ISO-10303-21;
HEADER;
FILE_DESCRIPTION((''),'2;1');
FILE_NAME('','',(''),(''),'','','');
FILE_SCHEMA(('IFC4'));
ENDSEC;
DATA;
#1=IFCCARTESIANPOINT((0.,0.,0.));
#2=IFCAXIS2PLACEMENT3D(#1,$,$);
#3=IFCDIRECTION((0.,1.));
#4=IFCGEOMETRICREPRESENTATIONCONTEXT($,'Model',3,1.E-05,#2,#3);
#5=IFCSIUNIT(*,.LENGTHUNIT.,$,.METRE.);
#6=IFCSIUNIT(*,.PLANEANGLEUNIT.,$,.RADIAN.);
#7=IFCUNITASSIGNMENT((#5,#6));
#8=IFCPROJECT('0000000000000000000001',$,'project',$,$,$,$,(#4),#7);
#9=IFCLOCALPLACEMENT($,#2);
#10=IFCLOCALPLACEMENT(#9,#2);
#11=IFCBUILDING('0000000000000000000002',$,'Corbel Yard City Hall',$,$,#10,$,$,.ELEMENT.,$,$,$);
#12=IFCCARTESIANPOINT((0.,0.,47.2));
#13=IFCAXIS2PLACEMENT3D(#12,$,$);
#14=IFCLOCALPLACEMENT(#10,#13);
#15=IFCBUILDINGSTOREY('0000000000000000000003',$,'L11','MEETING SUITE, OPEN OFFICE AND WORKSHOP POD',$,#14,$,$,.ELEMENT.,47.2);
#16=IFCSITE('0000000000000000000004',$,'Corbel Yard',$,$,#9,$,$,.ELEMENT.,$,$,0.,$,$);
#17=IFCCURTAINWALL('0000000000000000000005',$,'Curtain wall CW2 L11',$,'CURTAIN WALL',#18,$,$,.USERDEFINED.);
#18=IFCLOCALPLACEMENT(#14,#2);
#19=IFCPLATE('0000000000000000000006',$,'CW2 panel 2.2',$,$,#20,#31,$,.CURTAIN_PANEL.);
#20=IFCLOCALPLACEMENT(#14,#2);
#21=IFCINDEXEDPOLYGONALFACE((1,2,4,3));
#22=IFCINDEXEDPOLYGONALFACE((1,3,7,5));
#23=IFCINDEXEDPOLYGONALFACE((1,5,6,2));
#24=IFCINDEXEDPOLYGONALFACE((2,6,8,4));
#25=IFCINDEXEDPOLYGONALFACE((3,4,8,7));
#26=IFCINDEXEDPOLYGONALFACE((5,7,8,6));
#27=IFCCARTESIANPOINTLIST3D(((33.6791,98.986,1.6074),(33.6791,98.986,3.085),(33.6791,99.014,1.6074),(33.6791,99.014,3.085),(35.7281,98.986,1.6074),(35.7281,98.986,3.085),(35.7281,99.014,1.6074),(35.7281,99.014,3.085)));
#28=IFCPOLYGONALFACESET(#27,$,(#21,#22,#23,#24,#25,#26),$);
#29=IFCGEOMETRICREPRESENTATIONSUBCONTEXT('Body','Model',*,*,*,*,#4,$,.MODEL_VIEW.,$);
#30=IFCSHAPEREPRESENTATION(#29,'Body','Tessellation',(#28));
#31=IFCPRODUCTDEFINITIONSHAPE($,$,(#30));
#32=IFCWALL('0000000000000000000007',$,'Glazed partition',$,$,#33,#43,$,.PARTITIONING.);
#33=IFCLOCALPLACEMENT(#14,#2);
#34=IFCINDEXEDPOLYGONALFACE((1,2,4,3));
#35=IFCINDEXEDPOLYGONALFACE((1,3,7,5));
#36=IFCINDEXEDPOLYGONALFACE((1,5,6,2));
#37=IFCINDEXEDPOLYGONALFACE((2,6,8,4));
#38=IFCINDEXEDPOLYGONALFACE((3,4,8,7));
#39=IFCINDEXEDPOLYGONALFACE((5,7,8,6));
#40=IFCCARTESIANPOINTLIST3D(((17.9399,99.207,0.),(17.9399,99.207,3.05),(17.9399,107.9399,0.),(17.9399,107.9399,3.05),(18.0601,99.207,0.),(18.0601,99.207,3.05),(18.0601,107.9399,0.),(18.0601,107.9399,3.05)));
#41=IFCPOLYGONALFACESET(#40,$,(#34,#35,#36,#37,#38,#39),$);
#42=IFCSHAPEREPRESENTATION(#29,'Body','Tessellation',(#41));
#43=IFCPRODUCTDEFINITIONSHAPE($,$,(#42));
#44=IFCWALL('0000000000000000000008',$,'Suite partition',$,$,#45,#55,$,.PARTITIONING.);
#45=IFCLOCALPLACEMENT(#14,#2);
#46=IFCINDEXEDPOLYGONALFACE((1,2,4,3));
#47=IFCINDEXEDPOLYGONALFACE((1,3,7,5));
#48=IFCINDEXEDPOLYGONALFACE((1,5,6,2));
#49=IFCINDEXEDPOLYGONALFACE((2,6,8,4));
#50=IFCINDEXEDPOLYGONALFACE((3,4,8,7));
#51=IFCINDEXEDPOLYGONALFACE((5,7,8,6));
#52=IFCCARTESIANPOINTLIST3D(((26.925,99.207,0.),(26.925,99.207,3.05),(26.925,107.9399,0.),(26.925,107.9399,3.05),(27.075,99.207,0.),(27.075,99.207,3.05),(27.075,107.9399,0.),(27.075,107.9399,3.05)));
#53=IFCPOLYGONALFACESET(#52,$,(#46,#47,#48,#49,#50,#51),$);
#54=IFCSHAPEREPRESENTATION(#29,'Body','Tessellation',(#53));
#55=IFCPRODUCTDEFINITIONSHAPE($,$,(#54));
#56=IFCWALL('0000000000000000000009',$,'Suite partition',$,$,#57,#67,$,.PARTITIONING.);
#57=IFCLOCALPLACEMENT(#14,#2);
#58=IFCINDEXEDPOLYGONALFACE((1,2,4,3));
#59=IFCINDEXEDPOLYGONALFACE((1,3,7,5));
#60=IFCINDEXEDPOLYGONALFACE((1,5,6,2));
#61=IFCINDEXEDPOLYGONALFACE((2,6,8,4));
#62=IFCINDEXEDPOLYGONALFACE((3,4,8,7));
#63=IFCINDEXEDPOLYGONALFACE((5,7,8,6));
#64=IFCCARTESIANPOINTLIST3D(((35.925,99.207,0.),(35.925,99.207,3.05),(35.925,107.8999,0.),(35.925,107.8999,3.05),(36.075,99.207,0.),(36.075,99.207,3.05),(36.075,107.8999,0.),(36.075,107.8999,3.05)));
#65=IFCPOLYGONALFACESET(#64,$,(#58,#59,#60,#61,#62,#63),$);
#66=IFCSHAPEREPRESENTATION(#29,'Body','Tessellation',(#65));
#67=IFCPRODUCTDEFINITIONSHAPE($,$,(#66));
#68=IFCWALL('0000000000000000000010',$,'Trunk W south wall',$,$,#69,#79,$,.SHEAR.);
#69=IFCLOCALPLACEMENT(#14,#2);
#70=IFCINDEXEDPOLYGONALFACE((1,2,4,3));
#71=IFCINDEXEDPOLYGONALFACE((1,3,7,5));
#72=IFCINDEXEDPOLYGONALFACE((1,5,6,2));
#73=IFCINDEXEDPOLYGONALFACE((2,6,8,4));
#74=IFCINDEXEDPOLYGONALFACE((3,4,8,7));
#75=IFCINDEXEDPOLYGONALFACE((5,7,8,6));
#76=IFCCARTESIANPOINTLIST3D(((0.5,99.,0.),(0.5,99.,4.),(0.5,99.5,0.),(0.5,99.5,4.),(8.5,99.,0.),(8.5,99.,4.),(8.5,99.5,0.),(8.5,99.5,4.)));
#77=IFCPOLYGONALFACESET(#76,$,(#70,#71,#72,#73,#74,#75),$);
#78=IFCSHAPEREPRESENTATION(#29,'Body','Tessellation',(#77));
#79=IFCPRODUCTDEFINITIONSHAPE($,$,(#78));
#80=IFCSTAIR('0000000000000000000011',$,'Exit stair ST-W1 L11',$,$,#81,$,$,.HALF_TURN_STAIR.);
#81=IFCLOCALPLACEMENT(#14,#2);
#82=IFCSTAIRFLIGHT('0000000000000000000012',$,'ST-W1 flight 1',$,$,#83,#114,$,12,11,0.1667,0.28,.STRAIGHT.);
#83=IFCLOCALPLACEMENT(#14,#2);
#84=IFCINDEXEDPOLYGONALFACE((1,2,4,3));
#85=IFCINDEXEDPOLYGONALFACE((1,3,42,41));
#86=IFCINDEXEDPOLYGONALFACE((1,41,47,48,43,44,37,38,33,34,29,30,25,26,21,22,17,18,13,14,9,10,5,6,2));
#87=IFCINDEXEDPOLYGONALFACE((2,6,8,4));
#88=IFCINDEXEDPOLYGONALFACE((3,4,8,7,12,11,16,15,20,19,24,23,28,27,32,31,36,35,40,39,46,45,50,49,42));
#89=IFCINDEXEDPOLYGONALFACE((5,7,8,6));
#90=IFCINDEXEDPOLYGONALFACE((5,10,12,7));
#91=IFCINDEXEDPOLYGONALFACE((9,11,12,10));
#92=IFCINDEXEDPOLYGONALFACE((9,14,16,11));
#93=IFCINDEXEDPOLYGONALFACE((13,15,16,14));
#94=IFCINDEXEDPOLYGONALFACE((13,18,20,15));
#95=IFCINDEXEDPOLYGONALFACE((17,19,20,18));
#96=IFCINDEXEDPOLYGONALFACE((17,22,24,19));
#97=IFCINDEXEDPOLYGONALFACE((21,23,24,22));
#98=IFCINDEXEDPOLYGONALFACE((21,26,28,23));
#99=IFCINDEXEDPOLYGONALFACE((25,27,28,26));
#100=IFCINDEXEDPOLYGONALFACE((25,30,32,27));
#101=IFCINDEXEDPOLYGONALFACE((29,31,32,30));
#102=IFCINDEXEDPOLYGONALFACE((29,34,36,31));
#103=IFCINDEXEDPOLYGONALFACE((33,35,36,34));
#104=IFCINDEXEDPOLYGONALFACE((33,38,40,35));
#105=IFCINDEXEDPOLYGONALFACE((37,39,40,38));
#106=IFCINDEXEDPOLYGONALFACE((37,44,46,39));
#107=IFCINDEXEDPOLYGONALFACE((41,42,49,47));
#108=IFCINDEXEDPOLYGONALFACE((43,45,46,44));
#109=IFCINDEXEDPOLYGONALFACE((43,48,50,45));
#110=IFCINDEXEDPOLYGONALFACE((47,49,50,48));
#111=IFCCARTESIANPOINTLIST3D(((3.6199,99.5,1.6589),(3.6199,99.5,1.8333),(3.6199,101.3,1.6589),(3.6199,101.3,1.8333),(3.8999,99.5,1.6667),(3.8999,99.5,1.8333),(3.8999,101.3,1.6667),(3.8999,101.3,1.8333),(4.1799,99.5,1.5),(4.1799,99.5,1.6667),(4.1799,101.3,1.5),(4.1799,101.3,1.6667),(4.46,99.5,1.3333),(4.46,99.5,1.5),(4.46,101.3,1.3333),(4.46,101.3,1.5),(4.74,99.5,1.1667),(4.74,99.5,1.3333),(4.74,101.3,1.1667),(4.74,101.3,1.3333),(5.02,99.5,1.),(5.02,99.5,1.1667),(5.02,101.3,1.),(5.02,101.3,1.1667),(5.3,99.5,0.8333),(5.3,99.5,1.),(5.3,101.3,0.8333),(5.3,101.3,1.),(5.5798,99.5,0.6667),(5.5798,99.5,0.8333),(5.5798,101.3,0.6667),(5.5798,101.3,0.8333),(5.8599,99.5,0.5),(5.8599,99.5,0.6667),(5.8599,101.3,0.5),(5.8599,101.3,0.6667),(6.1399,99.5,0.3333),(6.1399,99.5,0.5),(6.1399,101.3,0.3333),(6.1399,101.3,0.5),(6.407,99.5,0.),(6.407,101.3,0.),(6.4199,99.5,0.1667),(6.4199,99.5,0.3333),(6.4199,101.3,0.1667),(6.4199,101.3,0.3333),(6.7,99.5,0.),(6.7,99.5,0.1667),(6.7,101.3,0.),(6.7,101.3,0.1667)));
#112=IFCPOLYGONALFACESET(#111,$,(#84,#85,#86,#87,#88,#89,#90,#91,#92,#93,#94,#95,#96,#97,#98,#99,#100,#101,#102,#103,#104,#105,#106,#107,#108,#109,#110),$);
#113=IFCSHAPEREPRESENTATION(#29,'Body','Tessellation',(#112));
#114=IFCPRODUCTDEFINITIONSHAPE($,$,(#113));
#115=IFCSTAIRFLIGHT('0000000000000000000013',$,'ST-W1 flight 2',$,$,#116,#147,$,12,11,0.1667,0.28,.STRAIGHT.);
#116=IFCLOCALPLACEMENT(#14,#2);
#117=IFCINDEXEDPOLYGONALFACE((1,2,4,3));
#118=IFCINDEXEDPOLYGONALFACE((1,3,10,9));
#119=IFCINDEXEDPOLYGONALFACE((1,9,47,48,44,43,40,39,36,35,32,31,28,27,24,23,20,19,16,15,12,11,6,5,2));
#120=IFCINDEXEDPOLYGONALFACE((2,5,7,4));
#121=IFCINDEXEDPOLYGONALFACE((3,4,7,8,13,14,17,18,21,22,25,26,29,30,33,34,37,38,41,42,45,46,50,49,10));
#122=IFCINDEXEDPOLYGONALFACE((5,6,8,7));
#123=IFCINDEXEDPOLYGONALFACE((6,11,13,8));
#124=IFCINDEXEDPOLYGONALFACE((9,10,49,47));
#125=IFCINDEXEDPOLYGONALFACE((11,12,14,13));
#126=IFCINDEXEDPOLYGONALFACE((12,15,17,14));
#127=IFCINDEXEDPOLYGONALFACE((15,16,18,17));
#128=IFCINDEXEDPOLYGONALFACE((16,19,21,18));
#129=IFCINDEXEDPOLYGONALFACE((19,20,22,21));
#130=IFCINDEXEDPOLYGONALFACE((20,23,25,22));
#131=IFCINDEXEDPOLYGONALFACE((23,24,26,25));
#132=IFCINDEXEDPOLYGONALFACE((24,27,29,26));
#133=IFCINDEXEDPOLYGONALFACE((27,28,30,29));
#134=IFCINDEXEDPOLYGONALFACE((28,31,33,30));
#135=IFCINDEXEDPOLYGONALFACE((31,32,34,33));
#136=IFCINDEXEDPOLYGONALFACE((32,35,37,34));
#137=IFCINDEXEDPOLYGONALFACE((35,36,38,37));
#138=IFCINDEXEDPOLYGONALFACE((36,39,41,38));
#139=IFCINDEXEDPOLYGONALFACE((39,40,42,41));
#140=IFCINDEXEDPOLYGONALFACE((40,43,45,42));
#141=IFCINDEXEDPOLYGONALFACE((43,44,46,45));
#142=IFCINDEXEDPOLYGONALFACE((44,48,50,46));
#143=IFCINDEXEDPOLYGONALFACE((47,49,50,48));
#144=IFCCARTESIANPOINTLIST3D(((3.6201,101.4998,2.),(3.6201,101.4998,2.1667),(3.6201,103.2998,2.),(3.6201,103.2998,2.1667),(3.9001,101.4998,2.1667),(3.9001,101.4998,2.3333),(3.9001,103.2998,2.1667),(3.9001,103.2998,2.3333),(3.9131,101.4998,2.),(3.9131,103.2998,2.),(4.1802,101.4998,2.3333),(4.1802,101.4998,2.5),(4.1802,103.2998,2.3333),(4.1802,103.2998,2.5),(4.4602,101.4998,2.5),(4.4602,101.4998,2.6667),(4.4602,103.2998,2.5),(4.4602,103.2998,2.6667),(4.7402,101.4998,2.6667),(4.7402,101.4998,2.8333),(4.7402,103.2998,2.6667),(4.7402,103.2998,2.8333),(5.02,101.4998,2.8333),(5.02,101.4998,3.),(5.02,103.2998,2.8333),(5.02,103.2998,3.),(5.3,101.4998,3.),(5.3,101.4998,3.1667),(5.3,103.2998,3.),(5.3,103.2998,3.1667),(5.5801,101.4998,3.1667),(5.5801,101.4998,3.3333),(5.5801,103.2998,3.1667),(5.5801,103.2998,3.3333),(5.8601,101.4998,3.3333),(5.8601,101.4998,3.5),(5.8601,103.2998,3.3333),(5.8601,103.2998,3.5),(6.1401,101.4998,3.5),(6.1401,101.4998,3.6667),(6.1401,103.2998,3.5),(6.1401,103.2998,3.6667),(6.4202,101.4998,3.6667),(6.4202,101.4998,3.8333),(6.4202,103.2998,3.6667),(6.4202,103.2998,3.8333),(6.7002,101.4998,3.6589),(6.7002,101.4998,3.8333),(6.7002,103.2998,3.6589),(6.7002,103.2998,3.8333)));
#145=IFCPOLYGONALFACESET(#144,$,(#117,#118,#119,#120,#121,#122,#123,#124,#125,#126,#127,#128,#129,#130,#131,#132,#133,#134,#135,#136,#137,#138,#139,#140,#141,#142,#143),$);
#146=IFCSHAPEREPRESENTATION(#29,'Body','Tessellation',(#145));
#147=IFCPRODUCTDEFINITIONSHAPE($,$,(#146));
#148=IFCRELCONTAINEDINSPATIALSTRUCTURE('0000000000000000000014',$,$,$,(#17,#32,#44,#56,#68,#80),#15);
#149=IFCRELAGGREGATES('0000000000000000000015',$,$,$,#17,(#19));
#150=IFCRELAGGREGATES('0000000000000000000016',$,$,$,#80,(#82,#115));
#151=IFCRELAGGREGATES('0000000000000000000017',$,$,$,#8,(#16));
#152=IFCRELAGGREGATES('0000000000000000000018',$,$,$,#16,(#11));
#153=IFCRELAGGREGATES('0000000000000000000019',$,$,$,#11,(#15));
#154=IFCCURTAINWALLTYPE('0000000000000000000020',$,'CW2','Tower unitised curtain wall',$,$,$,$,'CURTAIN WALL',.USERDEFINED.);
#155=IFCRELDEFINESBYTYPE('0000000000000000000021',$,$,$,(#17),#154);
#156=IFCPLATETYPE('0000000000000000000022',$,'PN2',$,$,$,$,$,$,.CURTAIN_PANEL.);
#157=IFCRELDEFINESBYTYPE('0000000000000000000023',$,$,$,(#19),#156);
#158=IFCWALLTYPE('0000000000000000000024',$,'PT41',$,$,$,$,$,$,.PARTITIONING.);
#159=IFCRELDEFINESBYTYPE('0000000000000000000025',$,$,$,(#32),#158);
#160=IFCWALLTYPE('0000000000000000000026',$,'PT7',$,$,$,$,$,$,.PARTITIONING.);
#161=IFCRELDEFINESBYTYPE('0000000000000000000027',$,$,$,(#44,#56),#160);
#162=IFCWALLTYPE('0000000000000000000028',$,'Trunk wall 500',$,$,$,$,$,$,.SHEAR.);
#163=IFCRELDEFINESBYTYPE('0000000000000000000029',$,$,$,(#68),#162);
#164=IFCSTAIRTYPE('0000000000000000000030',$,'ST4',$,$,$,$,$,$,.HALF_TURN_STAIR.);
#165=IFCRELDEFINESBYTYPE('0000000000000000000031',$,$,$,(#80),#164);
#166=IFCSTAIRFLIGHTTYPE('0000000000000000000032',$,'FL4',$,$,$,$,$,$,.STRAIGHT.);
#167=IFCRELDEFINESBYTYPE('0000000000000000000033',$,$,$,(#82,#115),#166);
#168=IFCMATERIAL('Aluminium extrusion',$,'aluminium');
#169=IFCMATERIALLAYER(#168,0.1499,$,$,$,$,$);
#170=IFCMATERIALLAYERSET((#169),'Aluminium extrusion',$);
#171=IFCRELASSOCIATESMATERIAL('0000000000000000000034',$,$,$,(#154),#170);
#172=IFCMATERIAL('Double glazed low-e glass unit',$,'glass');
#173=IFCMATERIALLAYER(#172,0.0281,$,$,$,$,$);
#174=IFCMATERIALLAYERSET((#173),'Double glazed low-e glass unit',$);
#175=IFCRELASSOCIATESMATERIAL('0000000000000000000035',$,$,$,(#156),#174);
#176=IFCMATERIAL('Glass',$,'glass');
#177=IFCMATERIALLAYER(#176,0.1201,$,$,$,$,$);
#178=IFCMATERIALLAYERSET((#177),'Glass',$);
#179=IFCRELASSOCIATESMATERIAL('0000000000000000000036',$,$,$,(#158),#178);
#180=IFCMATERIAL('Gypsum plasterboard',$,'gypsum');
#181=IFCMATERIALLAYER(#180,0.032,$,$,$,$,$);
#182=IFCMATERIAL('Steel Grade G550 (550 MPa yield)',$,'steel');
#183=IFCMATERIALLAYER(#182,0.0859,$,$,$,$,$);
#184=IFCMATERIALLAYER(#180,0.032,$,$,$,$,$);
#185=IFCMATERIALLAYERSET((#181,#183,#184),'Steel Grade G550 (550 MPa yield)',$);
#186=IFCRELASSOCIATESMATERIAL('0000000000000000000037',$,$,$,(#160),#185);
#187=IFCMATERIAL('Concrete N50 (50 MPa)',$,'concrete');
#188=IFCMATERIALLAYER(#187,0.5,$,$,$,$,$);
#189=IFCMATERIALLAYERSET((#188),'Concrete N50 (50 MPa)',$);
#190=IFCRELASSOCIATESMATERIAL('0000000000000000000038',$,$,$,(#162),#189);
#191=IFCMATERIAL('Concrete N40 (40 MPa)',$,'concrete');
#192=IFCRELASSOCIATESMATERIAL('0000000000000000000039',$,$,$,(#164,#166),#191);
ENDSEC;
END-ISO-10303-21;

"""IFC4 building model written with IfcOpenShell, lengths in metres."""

from ifc_helpers import new_model, si_unit, direction, frame, frame_2d, origin, origin_2d, place, context, subcontext, project, spatial, polyline, rectangle, outline, extrude, material, layer, layer_set, type_object, element, aggregate, save


model = new_model("IFC4")

# Units and contexts
model_context = context("Model", 3, precision=1e-05, world=origin(), true_north=direction((0.0, 1.0)))
body_context = subcontext(model_context, "Body", "Model", "MODEL_VIEW")
ifc_project = project(units=[si_unit("LENGTHUNIT", "METRE"), si_unit("PLANEANGLEUNIT", "RADIAN")], contexts=[model_context])

# Site, building, storey
site_placement = place(None, origin())
site = spatial("IfcSite", under=ifc_project, at=site_placement, Name="Corbel Yard", CompositionType="ELEMENT", RefElevation=0.0)
building_placement = place(site_placement, origin())
building = spatial("IfcBuilding", under=site, at=building_placement, Name="Corbel Yard City Hall", CompositionType="ELEMENT")
storey_placement = place(building_placement, frame((0.0, 0.0, 47.2)))
storey = spatial("IfcBuildingStorey", under=building, at=storey_placement, Name="L11", Description="MEETING SUITE, OPEN OFFICE AND WORKSHOP POD", CompositionType="ELEMENT", Elevation=47.2)

# Curtain wall
ifc_material_1 = material(Name="Aluminium extrusion", Category="aluminium")
ifc_layer_1 = layer(ifc_material_1, 0.1499)
ifc_layer_set_1 = layer_set([ifc_layer_1], Name="Aluminium extrusion")
curtain_wall_type = type_object("IfcCurtainWallType", Name="CW2", Description="Tower unitised curtain wall", ElementType="CURTAIN WALL", PredefinedType="USERDEFINED", material=ifc_layer_set_1)
curtain_wall_1_placement = place(storey_placement, origin())
curtain_wall_1 = element("IfcCurtainWall", 1, at=curtain_wall_1_placement, inside=storey, type_object=curtain_wall_type, Name="Curtain wall CW2 L11", ObjectType="CURTAIN WALL", PredefinedType="USERDEFINED")

# Plate
ifc_material_2 = material(Name="Double glazed low-e glass unit", Category="glass")
ifc_layer_2 = layer(ifc_material_2, 0.0281)
ifc_layer_set_2 = layer_set([ifc_layer_2], Name="Double glazed low-e glass unit")
plate_type = type_object("IfcPlateType", Name="PN2", PredefinedType="CURTAIN_PANEL", material=ifc_layer_set_2)
plate_1_placement = place(storey_placement, frame((34.7036, 99.0, 1.6074), z_axis=(0.0, 0.0, 1.0), x_axis=(1.0, 0.0, 0.0)))
plate_1 = element("IfcPlate", 2, at=plate_1_placement, type_object=plate_type, Name="CW2 panel 2.2", PredefinedType="CURTAIN_PANEL", context=body_context, shape_type="SweptSolid", body=[
    extrude(rectangle(XDim=2.0491, YDim=0.0281, at=origin_2d()), origin(), (0.0, 0.0, 1.0), 1.4775),
])
aggregate(curtain_wall_1, [plate_1])

# Walls
ifc_material_3 = material(Name="Glass", Category="glass")
ifc_layer_3 = layer(ifc_material_3, 0.1201)
ifc_layer_set_3 = layer_set([ifc_layer_3], Name="Glass")
wall_type_1 = type_object("IfcWallType", Name="PT41", PredefinedType="PARTITIONING", material=ifc_layer_set_3)
wall_1_placement = place(storey_placement, frame((18.0, 99.207, 0.0), z_axis=(0.0, 0.0, 1.0), x_axis=(0.0, 1.0, 0.0)))
element("IfcWall", 3, at=wall_1_placement, inside=storey, type_object=wall_type_1, Name="Glazed partition", PredefinedType="PARTITIONING", context=body_context, shape_type="SweptSolid", body=[
    extrude(rectangle(XDim=8.7329, YDim=0.1201, at=frame_2d((4.3665, 0.0))), origin(), (0.0, 0.0, 1.0), 3.05),
])
ifc_material_4 = material(Name="Gypsum plasterboard", Category="gypsum")
ifc_layer_4 = layer(ifc_material_4, 0.032)
ifc_material_5 = material(Name="Steel Grade G550 (550 MPa yield)", Category="steel")
ifc_layer_5 = layer(ifc_material_5, 0.0859)
ifc_layer_6 = layer(ifc_material_4, 0.032)
ifc_layer_set_4 = layer_set([ifc_layer_4, ifc_layer_5, ifc_layer_6], Name="Steel Grade G550 (550 MPa yield)")
wall_type_2 = type_object("IfcWallType", Name="PT7", PredefinedType="PARTITIONING", material=ifc_layer_set_4)
wall_2_placement = place(storey_placement, frame((27.0, 99.207, 0.0), z_axis=(0.0, 0.0, 1.0), x_axis=(0.0, 1.0, 0.0)))
element("IfcWall", 4, at=wall_2_placement, inside=storey, type_object=wall_type_2, Name="Suite partition", PredefinedType="PARTITIONING", context=body_context, shape_type="SweptSolid", body=[
    extrude(rectangle(XDim=8.7329, YDim=0.1499, at=frame_2d((4.3665, 0.0))), origin(), (0.0, 0.0, 1.0), 3.05),
])
wall_3_placement = place(storey_placement, frame((36.0, 99.207, 0.0), z_axis=(0.0, 0.0, 1.0), x_axis=(0.0, 1.0, 0.0)))
element("IfcWall", 5, at=wall_3_placement, inside=storey, type_object=wall_type_2, Name="Suite partition", PredefinedType="PARTITIONING", context=body_context, shape_type="SweptSolid", body=[
    extrude(rectangle(XDim=8.6929, YDim=0.1499, at=frame_2d((4.3464, 0.0))), origin(), (0.0, 0.0, 1.0), 3.05),
])
ifc_material_6 = material(Name="Concrete N50 (50 MPa)", Category="concrete")
ifc_layer_7 = layer(ifc_material_6, 0.5)
ifc_layer_set_5 = layer_set([ifc_layer_7], Name="Concrete N50 (50 MPa)")
wall_type_3 = type_object("IfcWallType", Name="Trunk wall 500", PredefinedType="SHEAR", material=ifc_layer_set_5)
wall_4_placement = place(storey_placement, frame((0.5, 99.25, 0.0), z_axis=(0.0, 0.0, 1.0), x_axis=(1.0, 0.0, 0.0)))
element("IfcWall", 6, at=wall_4_placement, inside=storey, type_object=wall_type_3, Name="Trunk W south wall", PredefinedType="SHEAR", context=body_context, shape_type="SweptSolid", body=[
    extrude(rectangle(XDim=8.0, YDim=0.5, at=frame_2d((4.0, 0.0))), origin(), (0.0, 0.0, 1.0), 4.0),
])

# Stair, stair flights
ifc_material_7 = material(Name="Concrete N40 (40 MPa)", Category="concrete")
stair_type = type_object("IfcStairType", Name="ST4", PredefinedType="HALF_TURN_STAIR", material=ifc_material_7)
stair_placement = place(storey_placement, origin())
stair = element("IfcStair", 7, at=stair_placement, inside=storey, type_object=stair_type, Name="Exit stair ST-W1 L11", PredefinedType="HALF_TURN_STAIR")
stair_flight_type = type_object("IfcStairFlightType", Name="FL4", PredefinedType="STRAIGHT", material=ifc_material_7)
stair_flight_1_placement = place(storey_placement, frame((6.7, 100.3999, 0.0), z_axis=(0.0, 0.0, 1.0), x_axis=(-1.0, 0.0, 0.0)))
stair_flight_1 = element("IfcStairFlight", 8, at=stair_flight_1_placement, type_object=stair_flight_type, Name="ST-W1 flight 1", NumberOfRisers=12, NumberOfTreads=11, PredefinedType="STRAIGHT", RiserHeight=0.1667, TreadLength=0.28, context=body_context, shape_type="SweptSolid", body=[
    extrude(outline(polyline([(0.0, 0.0), (0.0, 0.1667), (0.28, 0.1667), (0.28, 0.3333), (0.5601, 0.3333), (0.5601, 0.5), (0.8401, 0.5), (0.8401, 0.6667), (1.1201, 0.6667), (1.1201, 0.8333), (1.3999, 0.8333), (1.3999, 1.0), (1.6799, 1.0), (1.6799, 1.1667), (1.96, 1.1667), (1.96, 1.3333), (2.24, 1.3333), (2.24, 1.5), (2.52, 1.5), (2.52, 1.6667), (2.8, 1.6667), (2.8, 1.8333), (3.0801, 1.8333), (3.0801, 2.0), (3.0801, 1.6589), (0.293, 0.0), (0.0, 0.0)])), frame((0.0, 0.8999, 0.0), z_axis=(0.0, -1.0, 0.0), x_axis=(1.0, 0.0, 0.0)), (0.0, 0.0, 1.0), 1.8),
])
stair_flight_2_placement = place(storey_placement, frame((3.6201, 102.3999, 2.0), z_axis=(0.0, 0.0, 1.0), x_axis=(1.0, 0.0, 0.0)))
stair_flight_2 = element("IfcStairFlight", 9, at=stair_flight_2_placement, type_object=stair_flight_type, Name="ST-W1 flight 2", NumberOfRisers=12, NumberOfTreads=11, PredefinedType="STRAIGHT", RiserHeight=0.1667, TreadLength=0.28, context=body_context, shape_type="SweptSolid", body=[
    extrude(outline(polyline([(0.0, 0.0), (0.0, 0.1667), (0.28, 0.1667), (0.28, 0.3333), (0.5601, 0.3333), (0.5601, 0.5), (0.8401, 0.5), (0.8401, 0.6667), (1.1201, 0.6667), (1.1201, 0.8333), (1.3999, 0.8333), (1.3999, 1.0), (1.6799, 1.0), (1.6799, 1.1667), (1.96, 1.1667), (1.96, 1.3333), (2.24, 1.3333), (2.24, 1.5), (2.52, 1.5), (2.52, 1.6667), (2.8, 1.6667), (2.8, 1.8333), (3.0801, 1.8333), (3.0801, 2.0), (3.0801, 1.6589), (0.293, 0.0), (0.0, 0.0)])), frame((0.0, 0.8999, 0.0), z_axis=(0.0, -1.0, 0.0), x_axis=(1.0, 0.0, 0.0)), (0.0, 0.0, 1.0), 1.8),
])
aggregate(stair, [stair_flight_1, stair_flight_2])

save(model, "model.ifc")
